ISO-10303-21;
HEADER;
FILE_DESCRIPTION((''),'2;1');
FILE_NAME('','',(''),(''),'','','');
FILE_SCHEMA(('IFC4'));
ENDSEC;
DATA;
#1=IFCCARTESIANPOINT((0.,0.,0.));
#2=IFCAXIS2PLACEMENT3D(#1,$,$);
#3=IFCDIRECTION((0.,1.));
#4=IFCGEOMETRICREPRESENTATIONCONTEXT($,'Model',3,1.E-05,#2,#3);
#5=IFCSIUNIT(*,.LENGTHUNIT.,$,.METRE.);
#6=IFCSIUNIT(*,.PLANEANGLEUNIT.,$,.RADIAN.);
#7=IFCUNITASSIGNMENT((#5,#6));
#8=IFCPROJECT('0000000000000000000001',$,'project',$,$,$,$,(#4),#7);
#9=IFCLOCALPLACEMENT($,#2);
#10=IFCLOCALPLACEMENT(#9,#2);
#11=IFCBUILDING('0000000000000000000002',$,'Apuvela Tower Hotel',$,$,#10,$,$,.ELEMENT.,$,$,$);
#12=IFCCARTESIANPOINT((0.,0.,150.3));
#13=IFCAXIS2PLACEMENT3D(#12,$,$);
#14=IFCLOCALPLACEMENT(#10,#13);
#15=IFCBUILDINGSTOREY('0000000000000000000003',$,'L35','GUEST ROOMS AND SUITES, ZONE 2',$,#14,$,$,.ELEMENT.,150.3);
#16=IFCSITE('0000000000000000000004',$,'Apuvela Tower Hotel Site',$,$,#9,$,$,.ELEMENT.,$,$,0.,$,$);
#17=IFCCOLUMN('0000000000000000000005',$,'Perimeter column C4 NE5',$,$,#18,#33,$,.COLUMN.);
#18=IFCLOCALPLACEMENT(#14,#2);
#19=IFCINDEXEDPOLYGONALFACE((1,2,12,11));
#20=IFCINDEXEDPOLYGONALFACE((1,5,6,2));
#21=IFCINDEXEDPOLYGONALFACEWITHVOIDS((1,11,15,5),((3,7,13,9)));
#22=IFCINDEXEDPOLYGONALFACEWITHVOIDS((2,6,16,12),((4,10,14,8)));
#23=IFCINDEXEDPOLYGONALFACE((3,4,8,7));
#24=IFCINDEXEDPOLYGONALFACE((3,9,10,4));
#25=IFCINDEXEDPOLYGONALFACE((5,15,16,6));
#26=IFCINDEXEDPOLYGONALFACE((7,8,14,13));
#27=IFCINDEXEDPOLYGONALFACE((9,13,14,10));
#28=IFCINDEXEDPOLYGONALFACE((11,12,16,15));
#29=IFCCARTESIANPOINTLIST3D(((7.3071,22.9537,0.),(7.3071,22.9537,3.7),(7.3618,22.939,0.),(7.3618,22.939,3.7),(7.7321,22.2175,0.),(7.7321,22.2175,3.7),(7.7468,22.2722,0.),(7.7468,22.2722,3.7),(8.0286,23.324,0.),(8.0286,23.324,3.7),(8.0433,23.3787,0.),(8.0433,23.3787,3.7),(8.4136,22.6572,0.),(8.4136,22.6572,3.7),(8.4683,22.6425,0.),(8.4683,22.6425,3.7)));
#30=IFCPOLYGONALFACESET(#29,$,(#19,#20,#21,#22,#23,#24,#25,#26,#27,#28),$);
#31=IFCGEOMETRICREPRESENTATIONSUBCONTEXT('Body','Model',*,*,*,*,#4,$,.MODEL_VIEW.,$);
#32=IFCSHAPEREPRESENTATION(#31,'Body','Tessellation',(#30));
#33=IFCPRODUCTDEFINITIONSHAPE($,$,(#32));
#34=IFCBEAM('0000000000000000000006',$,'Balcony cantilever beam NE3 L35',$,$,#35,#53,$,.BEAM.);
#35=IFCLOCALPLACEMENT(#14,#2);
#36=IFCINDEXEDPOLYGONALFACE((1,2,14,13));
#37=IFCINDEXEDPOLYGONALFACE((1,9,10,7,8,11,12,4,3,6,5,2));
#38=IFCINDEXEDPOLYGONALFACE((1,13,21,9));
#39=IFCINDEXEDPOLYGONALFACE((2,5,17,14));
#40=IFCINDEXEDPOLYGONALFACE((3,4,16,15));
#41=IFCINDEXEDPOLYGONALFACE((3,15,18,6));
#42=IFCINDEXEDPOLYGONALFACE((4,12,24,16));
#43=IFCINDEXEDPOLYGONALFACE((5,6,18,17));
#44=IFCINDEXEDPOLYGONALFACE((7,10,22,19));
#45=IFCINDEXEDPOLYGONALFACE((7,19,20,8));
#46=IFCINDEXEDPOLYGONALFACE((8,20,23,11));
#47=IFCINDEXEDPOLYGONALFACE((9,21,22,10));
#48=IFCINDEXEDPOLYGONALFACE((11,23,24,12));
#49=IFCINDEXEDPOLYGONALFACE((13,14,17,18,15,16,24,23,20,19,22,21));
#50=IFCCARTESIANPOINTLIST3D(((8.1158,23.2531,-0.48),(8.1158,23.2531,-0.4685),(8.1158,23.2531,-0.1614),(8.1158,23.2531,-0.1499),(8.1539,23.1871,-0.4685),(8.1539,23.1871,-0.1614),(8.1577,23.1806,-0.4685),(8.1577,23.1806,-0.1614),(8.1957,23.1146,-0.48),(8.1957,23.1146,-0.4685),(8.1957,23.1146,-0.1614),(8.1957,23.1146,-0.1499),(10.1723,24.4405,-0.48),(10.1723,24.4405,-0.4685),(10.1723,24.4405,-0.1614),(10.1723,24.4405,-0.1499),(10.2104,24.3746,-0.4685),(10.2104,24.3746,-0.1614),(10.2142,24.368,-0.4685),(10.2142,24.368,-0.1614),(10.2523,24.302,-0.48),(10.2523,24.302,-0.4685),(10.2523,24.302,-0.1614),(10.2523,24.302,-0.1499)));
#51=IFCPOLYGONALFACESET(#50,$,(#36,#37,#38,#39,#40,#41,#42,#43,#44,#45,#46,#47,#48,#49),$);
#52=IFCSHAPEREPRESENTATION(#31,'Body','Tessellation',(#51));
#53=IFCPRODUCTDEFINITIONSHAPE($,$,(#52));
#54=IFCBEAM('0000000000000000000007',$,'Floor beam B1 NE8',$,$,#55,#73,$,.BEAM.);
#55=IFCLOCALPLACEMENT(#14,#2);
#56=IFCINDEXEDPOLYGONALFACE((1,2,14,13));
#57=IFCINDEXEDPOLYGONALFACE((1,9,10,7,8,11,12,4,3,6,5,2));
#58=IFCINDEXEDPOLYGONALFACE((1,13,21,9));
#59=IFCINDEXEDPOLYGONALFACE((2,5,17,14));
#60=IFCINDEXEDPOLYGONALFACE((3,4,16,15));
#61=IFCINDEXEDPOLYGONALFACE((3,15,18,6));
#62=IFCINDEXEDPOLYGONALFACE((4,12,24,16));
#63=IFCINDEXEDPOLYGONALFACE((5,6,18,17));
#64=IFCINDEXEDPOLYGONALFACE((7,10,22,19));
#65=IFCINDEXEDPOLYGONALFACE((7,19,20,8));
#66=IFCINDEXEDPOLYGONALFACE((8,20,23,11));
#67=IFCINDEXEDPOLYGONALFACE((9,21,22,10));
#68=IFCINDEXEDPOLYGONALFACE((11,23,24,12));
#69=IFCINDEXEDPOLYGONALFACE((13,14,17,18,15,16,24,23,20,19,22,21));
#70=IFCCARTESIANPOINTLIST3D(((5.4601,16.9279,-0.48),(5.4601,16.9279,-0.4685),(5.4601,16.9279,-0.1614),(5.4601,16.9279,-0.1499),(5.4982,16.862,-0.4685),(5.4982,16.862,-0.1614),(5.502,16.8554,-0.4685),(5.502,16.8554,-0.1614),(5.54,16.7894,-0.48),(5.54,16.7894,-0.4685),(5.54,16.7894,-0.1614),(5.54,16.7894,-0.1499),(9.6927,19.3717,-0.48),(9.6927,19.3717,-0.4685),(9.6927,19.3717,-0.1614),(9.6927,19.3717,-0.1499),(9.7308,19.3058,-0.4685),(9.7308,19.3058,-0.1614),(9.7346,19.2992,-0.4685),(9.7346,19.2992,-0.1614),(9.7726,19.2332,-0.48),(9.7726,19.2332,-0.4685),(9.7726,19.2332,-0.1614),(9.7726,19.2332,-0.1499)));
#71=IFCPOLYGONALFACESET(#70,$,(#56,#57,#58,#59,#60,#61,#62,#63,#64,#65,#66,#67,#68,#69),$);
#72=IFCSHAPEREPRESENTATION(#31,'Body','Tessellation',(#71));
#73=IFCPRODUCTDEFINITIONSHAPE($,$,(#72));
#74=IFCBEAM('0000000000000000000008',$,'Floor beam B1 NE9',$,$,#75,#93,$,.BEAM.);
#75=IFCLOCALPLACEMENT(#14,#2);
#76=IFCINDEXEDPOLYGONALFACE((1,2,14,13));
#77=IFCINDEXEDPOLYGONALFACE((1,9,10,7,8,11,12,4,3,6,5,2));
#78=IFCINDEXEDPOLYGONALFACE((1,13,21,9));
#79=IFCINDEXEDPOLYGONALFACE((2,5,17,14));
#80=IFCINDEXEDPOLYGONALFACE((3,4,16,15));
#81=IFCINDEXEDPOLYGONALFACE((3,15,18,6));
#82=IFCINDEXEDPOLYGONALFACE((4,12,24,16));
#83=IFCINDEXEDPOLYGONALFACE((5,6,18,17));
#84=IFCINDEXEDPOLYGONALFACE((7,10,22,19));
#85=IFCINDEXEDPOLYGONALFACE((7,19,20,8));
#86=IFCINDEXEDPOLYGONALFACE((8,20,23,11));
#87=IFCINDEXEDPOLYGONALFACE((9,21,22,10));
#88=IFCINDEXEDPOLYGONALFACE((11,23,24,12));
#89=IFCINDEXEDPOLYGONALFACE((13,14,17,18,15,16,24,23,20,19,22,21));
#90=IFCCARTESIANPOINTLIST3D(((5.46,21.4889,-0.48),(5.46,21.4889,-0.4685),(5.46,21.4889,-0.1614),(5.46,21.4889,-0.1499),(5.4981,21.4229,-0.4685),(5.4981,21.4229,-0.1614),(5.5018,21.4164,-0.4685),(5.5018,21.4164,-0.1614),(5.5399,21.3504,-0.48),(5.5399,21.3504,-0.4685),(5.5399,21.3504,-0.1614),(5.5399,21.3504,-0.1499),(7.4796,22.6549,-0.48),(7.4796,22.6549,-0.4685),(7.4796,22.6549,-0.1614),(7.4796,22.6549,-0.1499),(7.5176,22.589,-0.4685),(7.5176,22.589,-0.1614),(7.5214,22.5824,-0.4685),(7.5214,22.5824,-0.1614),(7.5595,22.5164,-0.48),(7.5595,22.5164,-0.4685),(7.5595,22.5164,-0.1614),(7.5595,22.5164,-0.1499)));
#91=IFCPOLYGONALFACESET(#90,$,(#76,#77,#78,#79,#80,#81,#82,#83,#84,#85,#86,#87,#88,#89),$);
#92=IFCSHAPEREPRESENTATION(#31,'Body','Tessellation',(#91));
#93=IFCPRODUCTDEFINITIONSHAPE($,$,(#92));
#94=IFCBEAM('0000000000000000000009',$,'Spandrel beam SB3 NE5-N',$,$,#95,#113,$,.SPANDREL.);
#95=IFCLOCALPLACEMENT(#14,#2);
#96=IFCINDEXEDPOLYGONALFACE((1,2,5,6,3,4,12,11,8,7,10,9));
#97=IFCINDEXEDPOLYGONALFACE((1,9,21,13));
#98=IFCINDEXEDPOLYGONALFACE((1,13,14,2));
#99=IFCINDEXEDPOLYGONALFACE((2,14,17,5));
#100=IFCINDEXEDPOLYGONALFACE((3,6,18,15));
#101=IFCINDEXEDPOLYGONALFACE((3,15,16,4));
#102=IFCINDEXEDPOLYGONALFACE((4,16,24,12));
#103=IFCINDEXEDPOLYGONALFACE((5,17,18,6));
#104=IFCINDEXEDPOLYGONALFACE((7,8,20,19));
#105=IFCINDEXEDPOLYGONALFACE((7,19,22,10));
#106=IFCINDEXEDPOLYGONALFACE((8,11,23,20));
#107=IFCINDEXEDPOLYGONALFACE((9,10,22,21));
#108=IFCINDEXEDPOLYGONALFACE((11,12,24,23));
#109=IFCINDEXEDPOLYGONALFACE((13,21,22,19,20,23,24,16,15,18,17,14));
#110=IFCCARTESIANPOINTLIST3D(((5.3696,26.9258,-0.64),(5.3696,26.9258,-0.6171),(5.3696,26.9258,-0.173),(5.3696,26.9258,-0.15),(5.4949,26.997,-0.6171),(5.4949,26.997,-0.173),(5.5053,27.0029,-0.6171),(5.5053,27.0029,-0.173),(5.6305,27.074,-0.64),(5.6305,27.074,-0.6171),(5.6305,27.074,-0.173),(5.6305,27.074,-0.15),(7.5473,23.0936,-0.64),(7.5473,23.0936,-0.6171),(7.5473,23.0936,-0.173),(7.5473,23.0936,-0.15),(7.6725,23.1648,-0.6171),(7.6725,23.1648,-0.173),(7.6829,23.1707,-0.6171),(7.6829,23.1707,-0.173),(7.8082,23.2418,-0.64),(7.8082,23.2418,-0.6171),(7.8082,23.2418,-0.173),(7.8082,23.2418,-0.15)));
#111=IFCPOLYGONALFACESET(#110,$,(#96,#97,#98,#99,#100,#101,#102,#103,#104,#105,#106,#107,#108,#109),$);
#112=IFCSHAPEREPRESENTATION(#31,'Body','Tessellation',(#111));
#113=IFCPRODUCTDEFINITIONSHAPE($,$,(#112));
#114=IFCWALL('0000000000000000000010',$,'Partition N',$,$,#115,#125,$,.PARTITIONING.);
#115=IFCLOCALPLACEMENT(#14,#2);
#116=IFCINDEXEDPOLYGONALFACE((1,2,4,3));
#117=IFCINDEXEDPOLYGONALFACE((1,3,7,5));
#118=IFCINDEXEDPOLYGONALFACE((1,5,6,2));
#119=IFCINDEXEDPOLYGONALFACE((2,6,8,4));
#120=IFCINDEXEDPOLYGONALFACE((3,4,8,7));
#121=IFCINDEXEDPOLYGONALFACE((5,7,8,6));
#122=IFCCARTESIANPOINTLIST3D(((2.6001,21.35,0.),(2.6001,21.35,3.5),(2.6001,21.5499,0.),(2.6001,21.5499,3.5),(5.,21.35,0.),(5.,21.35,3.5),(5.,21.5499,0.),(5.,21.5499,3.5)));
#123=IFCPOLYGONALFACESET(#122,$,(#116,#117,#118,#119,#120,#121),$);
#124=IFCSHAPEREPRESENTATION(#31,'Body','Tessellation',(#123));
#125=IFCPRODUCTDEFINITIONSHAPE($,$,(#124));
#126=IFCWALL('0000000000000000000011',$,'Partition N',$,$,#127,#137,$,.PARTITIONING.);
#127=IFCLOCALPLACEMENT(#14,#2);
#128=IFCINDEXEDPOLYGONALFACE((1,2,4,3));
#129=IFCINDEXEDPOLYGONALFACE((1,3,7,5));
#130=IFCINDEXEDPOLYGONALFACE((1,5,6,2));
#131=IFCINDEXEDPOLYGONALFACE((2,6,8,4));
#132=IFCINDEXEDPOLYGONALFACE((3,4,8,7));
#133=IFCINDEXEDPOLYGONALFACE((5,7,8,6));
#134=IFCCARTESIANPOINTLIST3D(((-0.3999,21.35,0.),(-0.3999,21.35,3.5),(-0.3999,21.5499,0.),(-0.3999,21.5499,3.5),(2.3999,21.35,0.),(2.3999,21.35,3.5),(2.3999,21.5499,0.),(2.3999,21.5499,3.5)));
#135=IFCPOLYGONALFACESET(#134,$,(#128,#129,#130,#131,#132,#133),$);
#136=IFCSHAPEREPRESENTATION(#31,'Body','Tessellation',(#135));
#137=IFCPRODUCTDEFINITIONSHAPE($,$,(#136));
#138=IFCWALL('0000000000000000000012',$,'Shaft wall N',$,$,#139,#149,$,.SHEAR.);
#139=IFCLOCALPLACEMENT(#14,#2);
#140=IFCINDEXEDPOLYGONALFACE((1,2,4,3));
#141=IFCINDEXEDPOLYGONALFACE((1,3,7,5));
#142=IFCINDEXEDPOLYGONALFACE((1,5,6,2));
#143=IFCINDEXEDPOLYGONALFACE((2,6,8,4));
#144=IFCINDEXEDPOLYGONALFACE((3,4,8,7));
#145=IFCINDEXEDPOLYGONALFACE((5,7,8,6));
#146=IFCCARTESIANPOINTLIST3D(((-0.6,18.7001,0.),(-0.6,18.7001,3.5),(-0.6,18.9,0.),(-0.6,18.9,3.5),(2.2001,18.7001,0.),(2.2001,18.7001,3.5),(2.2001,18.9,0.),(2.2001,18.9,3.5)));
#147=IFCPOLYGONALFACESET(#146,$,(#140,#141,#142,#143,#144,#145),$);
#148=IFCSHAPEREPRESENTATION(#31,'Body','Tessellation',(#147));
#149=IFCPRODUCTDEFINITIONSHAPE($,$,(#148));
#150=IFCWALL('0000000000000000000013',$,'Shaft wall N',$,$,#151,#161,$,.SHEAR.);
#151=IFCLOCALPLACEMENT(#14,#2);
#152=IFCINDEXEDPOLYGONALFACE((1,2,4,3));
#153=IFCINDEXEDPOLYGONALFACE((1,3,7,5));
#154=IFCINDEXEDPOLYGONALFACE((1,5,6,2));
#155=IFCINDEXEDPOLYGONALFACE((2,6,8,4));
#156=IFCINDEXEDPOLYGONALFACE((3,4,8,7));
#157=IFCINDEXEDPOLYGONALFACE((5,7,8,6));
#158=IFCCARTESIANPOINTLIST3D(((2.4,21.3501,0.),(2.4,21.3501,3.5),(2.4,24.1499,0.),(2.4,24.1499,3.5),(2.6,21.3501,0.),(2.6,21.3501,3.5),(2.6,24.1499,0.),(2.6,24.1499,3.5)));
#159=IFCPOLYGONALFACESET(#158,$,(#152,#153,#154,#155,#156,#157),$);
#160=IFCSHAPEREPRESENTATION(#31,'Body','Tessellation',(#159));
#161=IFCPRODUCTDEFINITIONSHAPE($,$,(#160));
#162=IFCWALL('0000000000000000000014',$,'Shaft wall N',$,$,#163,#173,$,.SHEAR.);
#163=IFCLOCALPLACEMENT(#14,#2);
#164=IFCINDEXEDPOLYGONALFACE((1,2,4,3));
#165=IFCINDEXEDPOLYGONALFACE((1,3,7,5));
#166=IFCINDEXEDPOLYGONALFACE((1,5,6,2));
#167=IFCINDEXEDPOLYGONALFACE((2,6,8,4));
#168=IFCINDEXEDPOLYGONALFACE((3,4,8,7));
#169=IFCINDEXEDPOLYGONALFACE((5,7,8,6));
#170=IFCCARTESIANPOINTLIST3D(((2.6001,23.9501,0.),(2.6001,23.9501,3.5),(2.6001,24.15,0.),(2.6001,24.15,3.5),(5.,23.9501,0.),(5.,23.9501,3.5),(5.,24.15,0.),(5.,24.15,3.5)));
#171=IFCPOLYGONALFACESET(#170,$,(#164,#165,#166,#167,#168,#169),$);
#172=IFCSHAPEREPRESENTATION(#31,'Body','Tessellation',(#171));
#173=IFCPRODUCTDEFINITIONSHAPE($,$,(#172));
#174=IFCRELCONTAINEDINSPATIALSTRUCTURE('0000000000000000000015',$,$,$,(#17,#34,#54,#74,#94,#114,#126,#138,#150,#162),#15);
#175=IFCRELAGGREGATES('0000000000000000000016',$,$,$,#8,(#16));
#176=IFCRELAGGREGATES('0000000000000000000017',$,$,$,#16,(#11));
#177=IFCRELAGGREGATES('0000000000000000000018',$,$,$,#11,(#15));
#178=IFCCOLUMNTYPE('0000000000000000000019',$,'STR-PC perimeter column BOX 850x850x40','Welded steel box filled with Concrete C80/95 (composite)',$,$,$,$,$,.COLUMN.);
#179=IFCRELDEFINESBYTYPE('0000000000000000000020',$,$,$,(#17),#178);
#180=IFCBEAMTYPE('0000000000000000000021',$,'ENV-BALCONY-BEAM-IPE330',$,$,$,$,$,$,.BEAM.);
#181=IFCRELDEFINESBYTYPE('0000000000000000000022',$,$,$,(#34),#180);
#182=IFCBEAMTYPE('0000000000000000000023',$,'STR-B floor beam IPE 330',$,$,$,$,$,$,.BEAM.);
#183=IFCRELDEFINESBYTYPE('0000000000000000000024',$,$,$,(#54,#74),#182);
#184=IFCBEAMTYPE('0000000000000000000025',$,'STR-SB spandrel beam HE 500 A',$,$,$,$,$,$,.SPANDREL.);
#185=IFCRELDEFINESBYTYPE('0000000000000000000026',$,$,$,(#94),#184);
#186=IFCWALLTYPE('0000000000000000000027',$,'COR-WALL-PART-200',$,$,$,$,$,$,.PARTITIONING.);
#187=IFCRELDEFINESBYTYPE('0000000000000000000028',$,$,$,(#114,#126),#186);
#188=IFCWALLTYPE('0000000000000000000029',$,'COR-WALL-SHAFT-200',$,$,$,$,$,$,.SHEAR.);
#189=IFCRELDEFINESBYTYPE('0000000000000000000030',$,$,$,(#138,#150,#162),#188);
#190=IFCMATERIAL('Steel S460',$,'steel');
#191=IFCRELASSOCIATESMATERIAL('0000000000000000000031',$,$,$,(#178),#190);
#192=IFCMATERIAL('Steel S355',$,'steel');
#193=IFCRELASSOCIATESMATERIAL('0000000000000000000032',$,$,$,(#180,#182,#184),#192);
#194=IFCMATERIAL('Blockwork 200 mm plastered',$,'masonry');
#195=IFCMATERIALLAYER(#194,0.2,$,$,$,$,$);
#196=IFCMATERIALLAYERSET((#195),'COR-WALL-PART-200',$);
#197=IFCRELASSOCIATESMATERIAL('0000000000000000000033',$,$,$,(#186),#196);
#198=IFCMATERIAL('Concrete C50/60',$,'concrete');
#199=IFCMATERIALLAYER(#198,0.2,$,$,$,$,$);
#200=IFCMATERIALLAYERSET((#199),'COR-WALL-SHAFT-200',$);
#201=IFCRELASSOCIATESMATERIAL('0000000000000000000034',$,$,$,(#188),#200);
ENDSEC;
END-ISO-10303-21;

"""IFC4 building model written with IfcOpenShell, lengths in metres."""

from ifc_helpers import new_model, si_unit, direction, frame, frame_2d, origin, origin_2d, place, context, subcontext, project, spatial, rectangle, hollow_rectangle, i_section, extrude, material, layer, layer_set, material_profile, profile_set, type_object, element, save


model = new_model("IFC4")

# Units and contexts
model_context = context("Model", 3, precision=1e-05, world=origin(), true_north=direction((0.0, 1.0)))
body_context = subcontext(model_context, "Body", "Model", "MODEL_VIEW")
ifc_project = project(units=[si_unit("LENGTHUNIT", "METRE"), si_unit("PLANEANGLEUNIT", "RADIAN")], contexts=[model_context])

# Site, building, storey
site_placement = place(None, origin())
site = spatial("IfcSite", under=ifc_project, at=site_placement, Name="Apuvela Tower Hotel Site", CompositionType="ELEMENT", RefElevation=0.0)
building_placement = place(site_placement, origin())
building = spatial("IfcBuilding", under=site, at=building_placement, Name="Apuvela Tower Hotel", CompositionType="ELEMENT")
storey_placement = place(building_placement, frame((0.0, 0.0, 150.3)))
storey = spatial("IfcBuildingStorey", under=building, at=storey_placement, Name="L35", Description="GUEST ROOMS AND SUITES, ZONE 2", CompositionType="ELEMENT", Elevation=150.3)

# Column
ifc_material_1 = material(Name="Steel S460", Category="steel")
ifc_material_profile_1 = material_profile(ifc_material_1, hollow_rectangle(XDim=0.8501, YDim=0.8501, WallThickness=0.04, at=origin_2d()), Name="BOX 850x850x40")
ifc_material_2 = material(Name="Concrete C80/95", Category="concrete")
ifc_material_profile_2 = material_profile(ifc_material_2, rectangle(XDim=0.77, YDim=0.77, at=origin_2d()), Name="Concrete C80/95 infill")
ifc_profile_set_1 = profile_set([ifc_material_profile_1, ifc_material_profile_2], Name="Steel S460")
column_type = type_object("IfcColumnType", Name="STR-PC perimeter column BOX 850x850x40", Description="Welded steel box filled with Concrete C80/95 (composite)", PredefinedType="COLUMN", material=ifc_profile_set_1)
column_placement = place(storey_placement, frame((7.8877, 22.7981, 0.0), z_axis=(0.0, 0.0, 1.0), x_axis=(-0.5, 0.866025, 0.0)))
element("IfcColumn", 1, at=column_placement, inside=storey, type_object=column_type, Name="Perimeter column C4 NE5", PredefinedType="COLUMN", context=body_context, shape_type="SweptSolid", body=[
    extrude(hollow_rectangle(XDim=0.8501, YDim=0.8501, WallThickness=0.04, at=origin_2d()), origin(), (0.0, 0.0, 1.0), 3.7),
])

# Beams
ifc_material_3 = material(Name="Steel S355", Category="steel")
ifc_material_profile_3 = material_profile(ifc_material_3, i_section(OverallWidth=0.1599, OverallDepth=0.3301, WebThickness=0.0076, FlangeThickness=0.0115, at=origin_2d()), Name="IPE 330")
ifc_profile_set_2 = profile_set([ifc_material_profile_3], Name="Steel S355")
beam_type_1 = type_object("IfcBeamType", Name="ENV-BALCONY-BEAM-IPE330", PredefinedType="BEAM", material=ifc_profile_set_2)
beam_1_placement = place(storey_placement, frame((8.1558, 23.1838, -0.3149), z_axis=(0.866008, 0.500031, 0.0), x_axis=(-0.500031, 0.866008, 0.0)))
element("IfcBeam", 2, at=beam_1_placement, inside=storey, type_object=beam_type_1, Name="Balcony cantilever beam NE3 L35", PredefinedType="BEAM", context=body_context, shape_type="SweptSolid", body=[
    extrude(i_section(OverallWidth=0.1599, OverallDepth=0.3301, WebThickness=0.0076, FlangeThickness=0.0115, at=origin_2d()), origin(), (0.0, 0.0, 1.0), 2.3748),
])
ifc_material_profile_4 = material_profile(ifc_material_3, i_section(OverallWidth=0.1599, OverallDepth=0.3301, WebThickness=0.0076, FlangeThickness=0.0115, at=origin_2d()), Name="IPE 330")
ifc_profile_set_3 = profile_set([ifc_material_profile_4], Name="Steel S355")
beam_type_2 = type_object("IfcBeamType", Name="STR-B floor beam IPE 330", PredefinedType="BEAM", material=ifc_profile_set_3)
beam_2_placement = place(storey_placement, frame((9.7327, 19.3025, -0.3149), z_axis=(-0.866015, -0.500018, 0.0), x_axis=(0.500018, -0.866015, 0.0)))
element("IfcBeam", 3, at=beam_2_placement, inside=storey, type_object=beam_type_2, Name="Floor beam B1 NE8", PredefinedType="BEAM", context=body_context, shape_type="SweptSolid", body=[
    extrude(i_section(OverallWidth=0.1599, OverallDepth=0.3301, WebThickness=0.0076, FlangeThickness=0.0115, at=origin_2d()), origin(), (0.0, 0.0, 1.0), 4.8875),
])
beam_3_placement = place(storey_placement, frame((7.5195, 22.5857, -0.3149), z_axis=(-0.866018, -0.500012, 0.0), x_axis=(0.500012, -0.866018, 0.0)))
element("IfcBeam", 4, at=beam_3_placement, inside=storey, type_object=beam_type_2, Name="Floor beam B1 NE9", PredefinedType="BEAM", context=body_context, shape_type="SweptSolid", body=[
    extrude(i_section(OverallWidth=0.1599, OverallDepth=0.3301, WebThickness=0.0076, FlangeThickness=0.0115, at=origin_2d()), origin(), (0.0, 0.0, 1.0), 2.332),
])
ifc_material_profile_5 = material_profile(ifc_material_3, i_section(OverallWidth=0.3, OverallDepth=0.49, WebThickness=0.012, FlangeThickness=0.0229, at=origin_2d()), Name="HE 500 A")
ifc_profile_set_4 = profile_set([ifc_material_profile_5], Name="Steel S355")
beam_type_3 = type_object("IfcBeamType", Name="STR-SB spandrel beam HE 500 A", PredefinedType="SPANDREL", material=ifc_profile_set_4)
beam_4_placement = place(storey_placement, frame((7.6777, 23.1677, -0.395), z_axis=(-0.494062, 0.869427, 0.0), x_axis=(-0.869427, -0.494062, 0.0)))
element("IfcBeam", 5, at=beam_4_placement, inside=storey, type_object=beam_type_3, Name="Spandrel beam SB3 NE5-N", PredefinedType="SPANDREL", context=body_context, shape_type="SweptSolid", body=[
    extrude(i_section(OverallWidth=0.3, OverallDepth=0.49, WebThickness=0.012, FlangeThickness=0.0229, at=origin_2d()), origin(), (0.0, 0.0, 1.0), 4.4077),
])

# Walls
ifc_material_4 = material(Name="Blockwork 200 mm plastered", Category="masonry")
ifc_layer_1 = layer(ifc_material_4, 0.2)
ifc_layer_set_1 = layer_set([ifc_layer_1], Name="COR-WALL-PART-200")
wall_type_1 = type_object("IfcWallType", Name="COR-WALL-PART-200", PredefinedType="PARTITIONING", material=ifc_layer_set_1)
wall_1_placement = place(storey_placement, frame((5.0, 21.45, 0.0), z_axis=(0.0, 0.0, 1.0), x_axis=(-1.0, 0.0, 0.0)))
element("IfcWall", 6, at=wall_1_placement, inside=storey, type_object=wall_type_1, Name="Partition N", PredefinedType="PARTITIONING", context=body_context, shape_type="SweptSolid", body=[
    extrude(rectangle(XDim=2.3999, YDim=0.2, at=frame_2d((1.2, 0.0))), origin(), (0.0, 0.0, 1.0), 3.5),
])
wall_2_placement = place(storey_placement, frame((2.3999, 21.45, 0.0), z_axis=(0.0, 0.0, 1.0), x_axis=(-1.0, 0.0, 0.0)))
element("IfcWall", 7, at=wall_2_placement, inside=storey, type_object=wall_type_1, Name="Partition N", PredefinedType="PARTITIONING", context=body_context, shape_type="SweptSolid", body=[
    extrude(rectangle(XDim=2.7998, YDim=0.2, at=frame_2d((1.3999, 0.0))), origin(), (0.0, 0.0, 1.0), 3.5),
])
ifc_material_5 = material(Name="Concrete C50/60", Category="concrete")
ifc_layer_2 = layer(ifc_material_5, 0.2)
ifc_layer_set_2 = layer_set([ifc_layer_2], Name="COR-WALL-SHAFT-200")
wall_type_2 = type_object("IfcWallType", Name="COR-WALL-SHAFT-200", PredefinedType="SHEAR", material=ifc_layer_set_2)
wall_3_placement = place(storey_placement, frame((2.2, 18.8, 0.0), z_axis=(0.0, 0.0, 1.0), x_axis=(-1.0, 0.0, 0.0)))
element("IfcWall", 8, at=wall_3_placement, inside=storey, type_object=wall_type_2, Name="Shaft wall N", PredefinedType="SHEAR", context=body_context, shape_type="SweptSolid", body=[
    extrude(rectangle(XDim=2.8, YDim=0.2, at=frame_2d((1.3999, 0.0))), origin(), (0.0, 0.0, 1.0), 3.5),
])
wall_4_placement = place(storey_placement, frame((2.5, 21.3501, 0.0), z_axis=(0.0, 0.0, 1.0), x_axis=(0.0, 1.0, 0.0)))
element("IfcWall", 9, at=wall_4_placement, inside=storey, type_object=wall_type_2, Name="Shaft wall N", PredefinedType="SHEAR", context=body_context, shape_type="SweptSolid", body=[
    extrude(rectangle(XDim=2.7998, YDim=0.2, at=frame_2d((1.3999, 0.0))), origin(), (0.0, 0.0, 1.0), 3.5),
])
wall_5_placement = place(storey_placement, frame((5.0, 24.05, 0.0), z_axis=(0.0, 0.0, 1.0), x_axis=(-1.0, 0.0, 0.0)))
element("IfcWall", 10, at=wall_5_placement, inside=storey, type_object=wall_type_2, Name="Shaft wall N", PredefinedType="SHEAR", context=body_context, shape_type="SweptSolid", body=[
    extrude(rectangle(XDim=2.3999, YDim=0.2, at=frame_2d((1.2, 0.0))), origin(), (0.0, 0.0, 1.0), 3.5),
])

save(model, "model.ifc")
